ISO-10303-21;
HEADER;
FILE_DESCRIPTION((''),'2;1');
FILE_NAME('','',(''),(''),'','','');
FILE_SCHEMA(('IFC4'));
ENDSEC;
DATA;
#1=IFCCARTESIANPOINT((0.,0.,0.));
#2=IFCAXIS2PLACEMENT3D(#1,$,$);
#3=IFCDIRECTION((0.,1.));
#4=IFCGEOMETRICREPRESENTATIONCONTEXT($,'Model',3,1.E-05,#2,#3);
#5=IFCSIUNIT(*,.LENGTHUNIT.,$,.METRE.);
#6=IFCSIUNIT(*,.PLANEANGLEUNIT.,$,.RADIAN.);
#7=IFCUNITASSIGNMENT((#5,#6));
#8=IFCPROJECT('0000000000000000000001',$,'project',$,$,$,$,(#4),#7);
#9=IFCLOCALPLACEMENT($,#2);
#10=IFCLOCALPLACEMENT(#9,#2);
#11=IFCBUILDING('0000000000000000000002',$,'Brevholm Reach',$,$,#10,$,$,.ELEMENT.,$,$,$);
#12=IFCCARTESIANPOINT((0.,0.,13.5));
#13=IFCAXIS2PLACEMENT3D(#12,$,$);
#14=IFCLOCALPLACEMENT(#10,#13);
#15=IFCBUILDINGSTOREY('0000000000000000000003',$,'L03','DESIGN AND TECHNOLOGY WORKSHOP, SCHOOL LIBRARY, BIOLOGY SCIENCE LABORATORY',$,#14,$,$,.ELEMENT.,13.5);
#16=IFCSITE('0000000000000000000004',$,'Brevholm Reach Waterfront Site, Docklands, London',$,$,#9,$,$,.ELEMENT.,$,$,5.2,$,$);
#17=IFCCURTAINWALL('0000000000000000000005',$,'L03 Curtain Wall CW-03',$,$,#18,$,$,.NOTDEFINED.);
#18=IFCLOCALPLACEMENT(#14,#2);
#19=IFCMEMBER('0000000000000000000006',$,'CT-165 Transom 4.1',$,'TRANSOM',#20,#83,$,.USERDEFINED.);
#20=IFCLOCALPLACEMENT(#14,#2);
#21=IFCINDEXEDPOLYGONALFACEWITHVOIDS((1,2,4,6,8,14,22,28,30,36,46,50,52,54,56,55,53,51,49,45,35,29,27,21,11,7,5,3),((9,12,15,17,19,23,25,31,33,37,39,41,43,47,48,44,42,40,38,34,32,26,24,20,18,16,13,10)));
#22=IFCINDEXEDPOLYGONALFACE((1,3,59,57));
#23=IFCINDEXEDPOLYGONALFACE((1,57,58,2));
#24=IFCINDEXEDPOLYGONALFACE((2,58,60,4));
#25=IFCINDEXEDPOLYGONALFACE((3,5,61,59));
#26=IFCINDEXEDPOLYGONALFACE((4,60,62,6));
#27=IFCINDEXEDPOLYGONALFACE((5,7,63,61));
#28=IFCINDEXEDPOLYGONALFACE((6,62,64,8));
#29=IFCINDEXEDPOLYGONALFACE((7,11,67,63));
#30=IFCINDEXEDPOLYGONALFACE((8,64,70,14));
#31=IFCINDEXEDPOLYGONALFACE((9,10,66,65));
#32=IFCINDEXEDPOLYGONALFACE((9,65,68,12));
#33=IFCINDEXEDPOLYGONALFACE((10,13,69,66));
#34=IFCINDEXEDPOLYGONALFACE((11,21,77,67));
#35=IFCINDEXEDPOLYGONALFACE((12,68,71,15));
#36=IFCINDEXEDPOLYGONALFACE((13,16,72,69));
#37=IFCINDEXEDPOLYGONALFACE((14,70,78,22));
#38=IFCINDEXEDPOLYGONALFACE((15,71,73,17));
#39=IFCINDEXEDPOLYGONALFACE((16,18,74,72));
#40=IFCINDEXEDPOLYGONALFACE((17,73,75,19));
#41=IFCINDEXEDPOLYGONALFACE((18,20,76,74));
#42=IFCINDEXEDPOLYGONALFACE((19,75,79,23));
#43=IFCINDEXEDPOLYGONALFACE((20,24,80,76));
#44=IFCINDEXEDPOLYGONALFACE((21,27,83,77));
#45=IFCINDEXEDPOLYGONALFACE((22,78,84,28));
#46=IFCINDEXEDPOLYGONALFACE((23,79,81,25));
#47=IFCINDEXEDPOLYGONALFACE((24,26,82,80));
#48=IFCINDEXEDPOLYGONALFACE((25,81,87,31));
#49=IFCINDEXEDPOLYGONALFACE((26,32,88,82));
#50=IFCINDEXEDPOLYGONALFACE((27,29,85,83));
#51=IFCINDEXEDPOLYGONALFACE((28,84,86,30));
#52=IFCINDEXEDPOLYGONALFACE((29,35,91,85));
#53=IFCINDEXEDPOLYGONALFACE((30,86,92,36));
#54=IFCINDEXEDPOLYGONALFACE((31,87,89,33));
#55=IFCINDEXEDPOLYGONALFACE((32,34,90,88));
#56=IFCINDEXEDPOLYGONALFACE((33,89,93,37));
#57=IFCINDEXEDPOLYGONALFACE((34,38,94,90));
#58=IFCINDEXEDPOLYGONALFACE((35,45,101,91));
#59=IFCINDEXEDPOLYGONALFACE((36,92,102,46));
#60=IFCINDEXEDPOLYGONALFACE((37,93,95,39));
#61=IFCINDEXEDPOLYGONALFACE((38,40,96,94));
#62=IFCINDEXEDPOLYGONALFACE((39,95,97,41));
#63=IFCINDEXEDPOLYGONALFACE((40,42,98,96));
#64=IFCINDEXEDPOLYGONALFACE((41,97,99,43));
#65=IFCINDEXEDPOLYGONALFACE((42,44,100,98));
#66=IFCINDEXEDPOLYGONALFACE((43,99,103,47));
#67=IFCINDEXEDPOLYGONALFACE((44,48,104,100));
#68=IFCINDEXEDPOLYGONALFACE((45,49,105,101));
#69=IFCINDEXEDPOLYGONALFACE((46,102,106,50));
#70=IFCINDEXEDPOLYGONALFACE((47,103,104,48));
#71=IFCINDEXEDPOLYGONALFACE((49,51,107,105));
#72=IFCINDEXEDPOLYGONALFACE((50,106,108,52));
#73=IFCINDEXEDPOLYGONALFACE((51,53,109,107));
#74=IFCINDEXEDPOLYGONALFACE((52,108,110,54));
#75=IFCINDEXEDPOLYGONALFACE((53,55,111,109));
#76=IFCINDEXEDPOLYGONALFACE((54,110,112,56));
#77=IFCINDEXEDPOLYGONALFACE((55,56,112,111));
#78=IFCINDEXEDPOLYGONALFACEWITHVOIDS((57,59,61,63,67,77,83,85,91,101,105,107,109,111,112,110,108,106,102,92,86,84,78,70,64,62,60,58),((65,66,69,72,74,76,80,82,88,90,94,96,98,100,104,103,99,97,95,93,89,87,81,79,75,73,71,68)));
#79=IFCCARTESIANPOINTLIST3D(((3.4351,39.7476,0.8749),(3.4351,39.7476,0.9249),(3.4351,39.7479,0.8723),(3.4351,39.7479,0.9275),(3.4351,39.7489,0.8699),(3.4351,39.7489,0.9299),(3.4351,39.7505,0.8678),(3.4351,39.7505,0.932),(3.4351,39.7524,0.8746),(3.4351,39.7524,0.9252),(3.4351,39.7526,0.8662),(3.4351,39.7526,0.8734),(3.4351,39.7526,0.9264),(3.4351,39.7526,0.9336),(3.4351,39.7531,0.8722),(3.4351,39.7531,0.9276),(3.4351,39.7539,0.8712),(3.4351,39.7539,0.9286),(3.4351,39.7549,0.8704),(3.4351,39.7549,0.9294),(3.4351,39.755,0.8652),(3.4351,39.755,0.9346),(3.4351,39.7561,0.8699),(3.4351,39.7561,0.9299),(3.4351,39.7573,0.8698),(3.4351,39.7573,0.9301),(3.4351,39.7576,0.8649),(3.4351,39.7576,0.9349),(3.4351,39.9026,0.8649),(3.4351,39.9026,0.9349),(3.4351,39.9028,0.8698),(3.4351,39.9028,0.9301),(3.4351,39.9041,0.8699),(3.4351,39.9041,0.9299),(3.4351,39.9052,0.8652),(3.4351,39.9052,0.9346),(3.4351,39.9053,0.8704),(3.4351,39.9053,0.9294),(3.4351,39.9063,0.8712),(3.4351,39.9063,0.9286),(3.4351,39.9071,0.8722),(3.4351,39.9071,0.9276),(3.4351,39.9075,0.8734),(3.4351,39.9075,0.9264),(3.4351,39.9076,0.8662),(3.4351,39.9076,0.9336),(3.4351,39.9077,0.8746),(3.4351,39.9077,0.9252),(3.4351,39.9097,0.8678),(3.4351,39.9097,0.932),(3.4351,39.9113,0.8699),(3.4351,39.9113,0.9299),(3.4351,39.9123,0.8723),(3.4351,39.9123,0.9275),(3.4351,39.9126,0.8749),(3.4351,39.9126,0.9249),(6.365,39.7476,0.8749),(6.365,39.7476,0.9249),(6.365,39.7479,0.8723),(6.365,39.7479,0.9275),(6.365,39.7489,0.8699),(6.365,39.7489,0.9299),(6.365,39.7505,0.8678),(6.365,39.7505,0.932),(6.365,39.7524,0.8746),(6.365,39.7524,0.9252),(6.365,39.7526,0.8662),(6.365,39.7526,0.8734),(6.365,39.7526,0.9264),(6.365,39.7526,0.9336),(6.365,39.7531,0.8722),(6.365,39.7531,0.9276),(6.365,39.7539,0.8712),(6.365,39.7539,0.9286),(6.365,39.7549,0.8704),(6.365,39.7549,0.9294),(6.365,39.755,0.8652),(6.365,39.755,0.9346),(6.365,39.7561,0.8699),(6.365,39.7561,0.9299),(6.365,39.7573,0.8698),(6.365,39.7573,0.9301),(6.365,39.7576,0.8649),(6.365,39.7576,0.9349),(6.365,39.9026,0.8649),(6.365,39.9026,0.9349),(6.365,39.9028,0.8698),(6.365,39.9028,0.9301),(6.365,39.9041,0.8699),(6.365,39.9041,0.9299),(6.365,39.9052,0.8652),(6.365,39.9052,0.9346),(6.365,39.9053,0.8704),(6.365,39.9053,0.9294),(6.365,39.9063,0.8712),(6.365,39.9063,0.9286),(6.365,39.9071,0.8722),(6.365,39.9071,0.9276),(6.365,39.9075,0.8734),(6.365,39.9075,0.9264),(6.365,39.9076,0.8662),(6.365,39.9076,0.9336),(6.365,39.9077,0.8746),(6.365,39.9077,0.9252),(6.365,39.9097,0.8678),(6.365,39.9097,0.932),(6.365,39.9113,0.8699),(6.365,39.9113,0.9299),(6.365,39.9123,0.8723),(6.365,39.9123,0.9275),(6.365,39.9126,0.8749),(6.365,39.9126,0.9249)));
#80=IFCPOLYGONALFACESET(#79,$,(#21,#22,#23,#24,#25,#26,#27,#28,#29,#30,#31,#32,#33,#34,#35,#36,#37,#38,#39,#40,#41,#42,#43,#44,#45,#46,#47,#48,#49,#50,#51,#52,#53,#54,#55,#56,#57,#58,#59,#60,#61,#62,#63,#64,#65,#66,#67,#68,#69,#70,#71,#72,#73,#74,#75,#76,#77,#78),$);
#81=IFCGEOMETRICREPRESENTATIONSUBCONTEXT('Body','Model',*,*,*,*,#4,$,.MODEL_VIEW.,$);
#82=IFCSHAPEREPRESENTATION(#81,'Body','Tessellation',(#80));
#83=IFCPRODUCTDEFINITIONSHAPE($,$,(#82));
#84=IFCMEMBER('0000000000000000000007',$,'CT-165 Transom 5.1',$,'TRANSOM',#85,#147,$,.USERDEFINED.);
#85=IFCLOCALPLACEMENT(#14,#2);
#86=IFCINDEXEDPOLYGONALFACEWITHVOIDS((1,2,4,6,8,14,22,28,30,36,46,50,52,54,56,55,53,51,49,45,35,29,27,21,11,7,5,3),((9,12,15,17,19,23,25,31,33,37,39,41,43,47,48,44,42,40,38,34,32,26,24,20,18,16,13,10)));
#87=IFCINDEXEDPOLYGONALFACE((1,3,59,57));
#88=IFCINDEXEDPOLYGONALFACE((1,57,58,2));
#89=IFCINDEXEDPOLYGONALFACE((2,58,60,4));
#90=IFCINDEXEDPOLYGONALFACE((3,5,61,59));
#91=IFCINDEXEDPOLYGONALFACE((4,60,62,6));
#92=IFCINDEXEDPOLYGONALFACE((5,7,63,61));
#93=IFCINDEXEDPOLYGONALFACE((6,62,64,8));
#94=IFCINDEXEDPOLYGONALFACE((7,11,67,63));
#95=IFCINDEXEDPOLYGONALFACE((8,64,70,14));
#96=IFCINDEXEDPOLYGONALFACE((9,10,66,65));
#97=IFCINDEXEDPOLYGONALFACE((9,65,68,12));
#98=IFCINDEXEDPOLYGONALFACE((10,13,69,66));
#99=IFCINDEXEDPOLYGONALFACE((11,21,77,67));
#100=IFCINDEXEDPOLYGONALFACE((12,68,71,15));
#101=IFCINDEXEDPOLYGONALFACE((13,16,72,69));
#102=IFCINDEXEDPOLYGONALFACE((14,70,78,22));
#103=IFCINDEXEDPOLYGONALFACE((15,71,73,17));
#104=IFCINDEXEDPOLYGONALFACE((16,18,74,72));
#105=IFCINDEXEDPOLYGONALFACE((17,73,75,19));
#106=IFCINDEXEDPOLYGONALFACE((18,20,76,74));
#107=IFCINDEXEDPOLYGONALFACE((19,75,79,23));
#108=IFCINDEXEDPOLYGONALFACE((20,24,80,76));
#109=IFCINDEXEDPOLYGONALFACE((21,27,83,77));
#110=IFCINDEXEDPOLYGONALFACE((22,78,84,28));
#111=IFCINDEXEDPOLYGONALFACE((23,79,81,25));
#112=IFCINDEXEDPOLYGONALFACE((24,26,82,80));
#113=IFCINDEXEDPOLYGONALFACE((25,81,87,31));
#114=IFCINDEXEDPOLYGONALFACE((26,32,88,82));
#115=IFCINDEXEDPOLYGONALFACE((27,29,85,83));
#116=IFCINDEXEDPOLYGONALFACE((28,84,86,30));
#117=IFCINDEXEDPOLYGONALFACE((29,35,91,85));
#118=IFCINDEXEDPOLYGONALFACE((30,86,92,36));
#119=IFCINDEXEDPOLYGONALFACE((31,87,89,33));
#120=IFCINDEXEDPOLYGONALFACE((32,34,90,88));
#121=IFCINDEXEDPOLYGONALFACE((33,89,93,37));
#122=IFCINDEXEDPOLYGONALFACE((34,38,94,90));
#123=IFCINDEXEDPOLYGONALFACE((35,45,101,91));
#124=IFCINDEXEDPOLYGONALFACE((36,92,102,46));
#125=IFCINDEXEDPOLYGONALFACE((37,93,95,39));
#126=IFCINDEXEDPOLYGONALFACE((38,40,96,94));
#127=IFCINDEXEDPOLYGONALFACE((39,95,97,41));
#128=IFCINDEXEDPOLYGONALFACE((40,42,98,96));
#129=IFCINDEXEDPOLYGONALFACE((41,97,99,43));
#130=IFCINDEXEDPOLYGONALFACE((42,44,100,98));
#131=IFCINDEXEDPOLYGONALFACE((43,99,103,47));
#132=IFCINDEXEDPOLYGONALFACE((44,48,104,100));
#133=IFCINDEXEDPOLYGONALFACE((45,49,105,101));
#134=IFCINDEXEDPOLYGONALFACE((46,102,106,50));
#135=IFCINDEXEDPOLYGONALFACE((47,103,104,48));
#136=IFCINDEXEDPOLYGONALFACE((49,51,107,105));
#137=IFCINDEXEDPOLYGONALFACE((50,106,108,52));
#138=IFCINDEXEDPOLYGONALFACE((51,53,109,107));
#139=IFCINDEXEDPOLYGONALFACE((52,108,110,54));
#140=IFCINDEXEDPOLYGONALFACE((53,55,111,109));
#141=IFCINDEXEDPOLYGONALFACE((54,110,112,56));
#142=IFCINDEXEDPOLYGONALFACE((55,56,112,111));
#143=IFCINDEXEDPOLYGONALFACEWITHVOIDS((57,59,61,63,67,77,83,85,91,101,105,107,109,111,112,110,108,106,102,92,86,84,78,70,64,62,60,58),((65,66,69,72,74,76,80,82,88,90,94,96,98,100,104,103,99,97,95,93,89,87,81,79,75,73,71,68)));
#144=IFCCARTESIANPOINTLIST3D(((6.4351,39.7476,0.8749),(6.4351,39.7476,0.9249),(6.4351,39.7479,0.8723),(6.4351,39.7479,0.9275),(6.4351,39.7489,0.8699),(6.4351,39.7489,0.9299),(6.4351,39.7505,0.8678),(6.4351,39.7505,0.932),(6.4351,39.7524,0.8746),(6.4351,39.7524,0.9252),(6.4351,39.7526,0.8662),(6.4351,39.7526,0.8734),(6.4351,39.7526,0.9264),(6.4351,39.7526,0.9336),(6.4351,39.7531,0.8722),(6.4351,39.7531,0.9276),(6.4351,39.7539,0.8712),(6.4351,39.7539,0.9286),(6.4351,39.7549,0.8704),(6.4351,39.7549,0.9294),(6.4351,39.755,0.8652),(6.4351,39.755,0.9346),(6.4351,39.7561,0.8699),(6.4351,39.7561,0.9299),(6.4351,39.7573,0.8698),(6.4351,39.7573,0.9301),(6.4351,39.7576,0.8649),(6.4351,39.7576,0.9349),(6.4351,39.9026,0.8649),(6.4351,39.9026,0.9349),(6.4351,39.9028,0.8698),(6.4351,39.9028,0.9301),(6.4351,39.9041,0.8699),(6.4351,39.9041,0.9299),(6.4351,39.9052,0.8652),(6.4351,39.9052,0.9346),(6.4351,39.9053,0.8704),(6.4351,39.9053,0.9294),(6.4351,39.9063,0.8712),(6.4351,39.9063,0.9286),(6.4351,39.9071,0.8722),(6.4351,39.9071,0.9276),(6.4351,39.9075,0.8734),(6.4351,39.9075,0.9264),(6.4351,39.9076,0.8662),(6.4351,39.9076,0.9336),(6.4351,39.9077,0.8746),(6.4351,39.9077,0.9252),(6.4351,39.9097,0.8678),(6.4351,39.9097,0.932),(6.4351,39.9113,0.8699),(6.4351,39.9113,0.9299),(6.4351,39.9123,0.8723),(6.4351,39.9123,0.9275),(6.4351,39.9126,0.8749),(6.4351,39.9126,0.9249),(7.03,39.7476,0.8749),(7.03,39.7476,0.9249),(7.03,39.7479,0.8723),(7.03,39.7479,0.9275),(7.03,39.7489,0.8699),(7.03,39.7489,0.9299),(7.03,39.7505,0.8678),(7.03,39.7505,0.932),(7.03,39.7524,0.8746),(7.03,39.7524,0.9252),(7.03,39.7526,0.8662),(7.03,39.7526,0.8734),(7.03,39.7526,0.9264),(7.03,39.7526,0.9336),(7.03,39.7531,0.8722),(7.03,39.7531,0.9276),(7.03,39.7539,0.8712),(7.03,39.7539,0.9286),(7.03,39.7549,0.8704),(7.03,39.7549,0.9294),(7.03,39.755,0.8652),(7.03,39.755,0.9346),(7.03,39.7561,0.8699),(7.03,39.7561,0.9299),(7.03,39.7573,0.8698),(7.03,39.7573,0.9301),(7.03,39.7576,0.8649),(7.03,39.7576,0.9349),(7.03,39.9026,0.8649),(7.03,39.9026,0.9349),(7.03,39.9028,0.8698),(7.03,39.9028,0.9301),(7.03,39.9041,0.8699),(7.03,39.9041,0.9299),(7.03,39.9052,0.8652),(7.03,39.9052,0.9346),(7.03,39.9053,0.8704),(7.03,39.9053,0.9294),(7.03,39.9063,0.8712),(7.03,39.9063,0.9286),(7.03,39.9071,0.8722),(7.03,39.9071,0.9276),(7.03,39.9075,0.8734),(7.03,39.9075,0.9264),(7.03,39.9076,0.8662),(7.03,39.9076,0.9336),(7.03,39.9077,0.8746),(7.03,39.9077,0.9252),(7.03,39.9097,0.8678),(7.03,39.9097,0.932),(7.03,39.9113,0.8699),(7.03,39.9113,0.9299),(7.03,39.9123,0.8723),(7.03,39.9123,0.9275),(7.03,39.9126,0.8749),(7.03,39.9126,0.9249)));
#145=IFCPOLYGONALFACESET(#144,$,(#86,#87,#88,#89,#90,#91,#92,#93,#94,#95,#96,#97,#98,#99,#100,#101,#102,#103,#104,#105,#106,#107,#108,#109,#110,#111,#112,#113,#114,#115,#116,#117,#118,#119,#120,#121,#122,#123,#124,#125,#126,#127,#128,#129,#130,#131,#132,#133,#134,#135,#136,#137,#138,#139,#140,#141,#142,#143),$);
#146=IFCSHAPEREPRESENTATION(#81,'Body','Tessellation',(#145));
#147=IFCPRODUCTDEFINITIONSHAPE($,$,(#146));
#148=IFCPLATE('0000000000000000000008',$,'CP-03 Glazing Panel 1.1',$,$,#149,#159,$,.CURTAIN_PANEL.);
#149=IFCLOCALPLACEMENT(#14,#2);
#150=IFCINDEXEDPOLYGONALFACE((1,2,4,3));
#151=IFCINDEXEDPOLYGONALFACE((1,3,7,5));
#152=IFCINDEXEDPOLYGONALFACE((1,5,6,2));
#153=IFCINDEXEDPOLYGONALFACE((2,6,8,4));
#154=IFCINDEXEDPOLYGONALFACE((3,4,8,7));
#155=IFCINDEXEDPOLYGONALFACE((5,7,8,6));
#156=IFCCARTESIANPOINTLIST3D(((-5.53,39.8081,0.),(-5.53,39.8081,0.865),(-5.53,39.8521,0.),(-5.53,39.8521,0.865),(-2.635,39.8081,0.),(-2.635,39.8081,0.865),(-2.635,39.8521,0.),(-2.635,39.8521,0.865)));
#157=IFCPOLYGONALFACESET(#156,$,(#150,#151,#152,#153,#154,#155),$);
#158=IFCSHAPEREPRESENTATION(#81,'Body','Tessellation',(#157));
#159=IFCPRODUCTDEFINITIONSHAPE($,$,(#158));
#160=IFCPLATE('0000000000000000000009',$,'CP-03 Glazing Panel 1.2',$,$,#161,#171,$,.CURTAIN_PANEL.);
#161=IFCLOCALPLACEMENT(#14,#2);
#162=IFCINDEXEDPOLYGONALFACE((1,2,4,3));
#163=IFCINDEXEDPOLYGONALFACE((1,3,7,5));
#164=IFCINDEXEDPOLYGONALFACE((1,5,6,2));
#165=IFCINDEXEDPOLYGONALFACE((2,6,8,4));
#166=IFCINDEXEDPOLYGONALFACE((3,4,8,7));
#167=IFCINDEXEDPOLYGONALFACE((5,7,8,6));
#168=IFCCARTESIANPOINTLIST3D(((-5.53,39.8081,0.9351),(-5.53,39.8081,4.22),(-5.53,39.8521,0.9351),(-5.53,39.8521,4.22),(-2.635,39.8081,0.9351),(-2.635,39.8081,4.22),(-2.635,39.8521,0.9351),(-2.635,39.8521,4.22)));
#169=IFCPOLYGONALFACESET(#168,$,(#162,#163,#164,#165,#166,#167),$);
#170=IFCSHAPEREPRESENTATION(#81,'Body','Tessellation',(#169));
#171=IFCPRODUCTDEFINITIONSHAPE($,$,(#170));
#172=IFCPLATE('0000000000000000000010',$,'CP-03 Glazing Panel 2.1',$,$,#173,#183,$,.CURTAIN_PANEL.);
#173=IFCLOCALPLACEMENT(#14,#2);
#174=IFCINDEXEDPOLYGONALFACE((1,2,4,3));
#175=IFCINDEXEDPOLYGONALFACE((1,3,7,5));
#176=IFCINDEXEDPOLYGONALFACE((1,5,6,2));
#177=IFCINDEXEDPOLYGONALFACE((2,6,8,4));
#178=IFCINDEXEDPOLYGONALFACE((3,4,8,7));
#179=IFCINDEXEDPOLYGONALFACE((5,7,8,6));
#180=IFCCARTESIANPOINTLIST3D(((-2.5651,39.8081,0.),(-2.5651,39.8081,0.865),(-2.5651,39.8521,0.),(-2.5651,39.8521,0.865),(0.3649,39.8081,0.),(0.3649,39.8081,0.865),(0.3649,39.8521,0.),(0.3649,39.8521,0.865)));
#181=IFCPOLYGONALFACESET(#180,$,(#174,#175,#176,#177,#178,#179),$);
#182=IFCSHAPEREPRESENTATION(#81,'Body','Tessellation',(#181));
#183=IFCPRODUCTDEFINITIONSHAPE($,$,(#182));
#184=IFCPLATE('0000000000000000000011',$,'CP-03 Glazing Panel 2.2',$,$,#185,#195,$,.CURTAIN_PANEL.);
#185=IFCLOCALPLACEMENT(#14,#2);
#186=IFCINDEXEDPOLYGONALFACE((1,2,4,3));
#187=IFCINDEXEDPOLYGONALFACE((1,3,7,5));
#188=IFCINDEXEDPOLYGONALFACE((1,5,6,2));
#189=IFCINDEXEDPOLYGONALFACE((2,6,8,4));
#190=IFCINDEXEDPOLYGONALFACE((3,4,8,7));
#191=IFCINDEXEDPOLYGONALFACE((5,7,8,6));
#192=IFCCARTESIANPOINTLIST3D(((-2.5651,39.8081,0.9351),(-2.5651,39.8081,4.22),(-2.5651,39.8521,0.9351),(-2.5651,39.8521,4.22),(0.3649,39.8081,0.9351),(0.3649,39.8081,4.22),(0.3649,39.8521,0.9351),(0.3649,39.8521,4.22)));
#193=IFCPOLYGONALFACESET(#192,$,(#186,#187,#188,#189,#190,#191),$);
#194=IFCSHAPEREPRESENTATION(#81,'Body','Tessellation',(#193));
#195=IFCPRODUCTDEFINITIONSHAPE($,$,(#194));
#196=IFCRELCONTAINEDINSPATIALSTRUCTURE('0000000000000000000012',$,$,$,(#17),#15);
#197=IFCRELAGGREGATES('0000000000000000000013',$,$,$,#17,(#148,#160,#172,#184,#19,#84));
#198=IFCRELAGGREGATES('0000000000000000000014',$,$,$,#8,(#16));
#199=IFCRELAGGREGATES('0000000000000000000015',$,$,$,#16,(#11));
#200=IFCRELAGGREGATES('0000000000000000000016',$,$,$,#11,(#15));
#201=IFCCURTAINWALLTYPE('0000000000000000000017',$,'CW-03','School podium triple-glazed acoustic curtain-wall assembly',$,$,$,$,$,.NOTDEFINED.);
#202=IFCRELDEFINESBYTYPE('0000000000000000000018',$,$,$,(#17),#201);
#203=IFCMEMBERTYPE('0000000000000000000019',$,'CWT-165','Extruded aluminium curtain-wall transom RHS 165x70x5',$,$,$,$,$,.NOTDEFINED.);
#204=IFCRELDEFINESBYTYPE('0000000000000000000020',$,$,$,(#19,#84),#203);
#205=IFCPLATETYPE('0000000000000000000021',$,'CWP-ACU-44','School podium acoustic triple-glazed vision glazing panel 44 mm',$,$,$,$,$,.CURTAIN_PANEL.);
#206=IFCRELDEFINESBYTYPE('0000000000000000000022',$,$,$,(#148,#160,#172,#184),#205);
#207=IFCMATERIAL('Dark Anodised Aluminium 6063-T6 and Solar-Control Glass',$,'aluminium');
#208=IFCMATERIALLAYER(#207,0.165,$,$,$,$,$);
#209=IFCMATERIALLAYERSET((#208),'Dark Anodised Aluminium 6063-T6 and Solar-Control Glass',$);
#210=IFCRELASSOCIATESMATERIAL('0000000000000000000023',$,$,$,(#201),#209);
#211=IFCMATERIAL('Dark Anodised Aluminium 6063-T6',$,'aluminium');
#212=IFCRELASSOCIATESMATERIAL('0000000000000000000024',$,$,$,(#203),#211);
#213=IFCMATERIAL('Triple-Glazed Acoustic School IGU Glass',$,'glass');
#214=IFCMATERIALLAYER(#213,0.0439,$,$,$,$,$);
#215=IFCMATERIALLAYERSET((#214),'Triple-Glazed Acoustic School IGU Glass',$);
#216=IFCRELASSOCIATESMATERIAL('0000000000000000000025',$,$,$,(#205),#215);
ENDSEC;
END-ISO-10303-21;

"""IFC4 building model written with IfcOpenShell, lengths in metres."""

from ifc_helpers import new_model, si_unit, direction, frame, origin, origin_2d, place, context, subcontext, project, spatial, rectangle, hollow_rectangle, extrude, material, layer, layer_set, material_profile, profile_set, type_object, element, aggregate, save


model = new_model("IFC4")

# Units and contexts
model_context = context("Model", 3, precision=1e-05, world=origin(), true_north=direction((0.0, 1.0)))
body_context = subcontext(model_context, "Body", "Model", "MODEL_VIEW")
ifc_project = project(units=[si_unit("LENGTHUNIT", "METRE"), si_unit("PLANEANGLEUNIT", "RADIAN")], contexts=[model_context])

# Site, building, storey
site_placement = place(None, origin())
site = spatial("IfcSite", under=ifc_project, at=site_placement, Name="Brevholm Reach Waterfront Site, Docklands, London", CompositionType="ELEMENT", RefElevation=5.2)
building_placement = place(site_placement, origin())
building = spatial("IfcBuilding", under=site, at=building_placement, Name="Brevholm Reach", CompositionType="ELEMENT")
storey_placement = place(building_placement, frame((0.0, 0.0, 13.5)))
storey = spatial("IfcBuildingStorey", under=building, at=storey_placement, Name="L03", Description="DESIGN AND TECHNOLOGY WORKSHOP, SCHOOL LIBRARY, BIOLOGY SCIENCE LABORATORY", CompositionType="ELEMENT", Elevation=13.5)

# Curtain wall, members, plates
ifc_material_1 = material(Name="Dark Anodised Aluminium 6063-T6 and Solar-Control Glass", Category="aluminium")
ifc_layer_1 = layer(ifc_material_1, 0.165)
ifc_layer_set_1 = layer_set([ifc_layer_1], Name="Dark Anodised Aluminium 6063-T6 and Solar-Control Glass")
curtain_wall_type = type_object("IfcCurtainWallType", Name="CW-03", Description="School podium triple-glazed acoustic curtain-wall assembly", PredefinedType="NOTDEFINED", material=ifc_layer_set_1)
curtain_wall_placement = place(storey_placement, origin())
curtain_wall = element("IfcCurtainWall", 1, at=curtain_wall_placement, inside=storey, type_object=curtain_wall_type, Name="L03 Curtain Wall CW-03", PredefinedType="NOTDEFINED")
ifc_material_2 = material(Name="Dark Anodised Aluminium 6063-T6", Category="aluminium")
ifc_material_profile_1 = material_profile(ifc_material_2, hollow_rectangle(XDim=0.0701, YDim=0.165, WallThickness=0.0049, InnerFilletRadius=0.0049, OuterFilletRadius=0.01, at=origin_2d()), Name="RHS 165x70x5")
ifc_profile_set_1 = profile_set([ifc_material_profile_1], Name="Dark Anodised Aluminium 6063-T6")
member_type_1 = type_object("IfcMemberType", Name="CWT-165", Description="Extruded aluminium curtain-wall transom RHS 165x70x5", PredefinedType="NOTDEFINED", material=ifc_profile_set_1)
member_1_placement = place(storey_placement, frame((3.4351, 39.8301, 0.8999), z_axis=(1.0, 0.0, 0.0), x_axis=(0.0, 0.0, 1.0)))
member_1 = element("IfcMember", 2, at=member_1_placement, type_object=member_type_1, Name="CT-165 Transom 4.1", ObjectType="TRANSOM", PredefinedType="USERDEFINED", context=body_context, shape_type="SweptSolid", body=[
    extrude(hollow_rectangle(XDim=0.0701, YDim=0.165, WallThickness=0.0049, InnerFilletRadius=0.0049, OuterFilletRadius=0.01, at=origin_2d()), origin(), (0.0, 0.0, 1.0), 2.9299),
])
member_2_placement = place(storey_placement, frame((6.4351, 39.8301, 0.8999), z_axis=(1.0, 0.0, 0.0), x_axis=(0.0, 0.0, 1.0)))
member_2 = element("IfcMember", 3, at=member_2_placement, type_object=member_type_1, Name="CT-165 Transom 5.1", ObjectType="TRANSOM", PredefinedType="USERDEFINED", context=body_context, shape_type="SweptSolid", body=[
    extrude(hollow_rectangle(XDim=0.0701, YDim=0.165, WallThickness=0.0049, InnerFilletRadius=0.0049, OuterFilletRadius=0.01, at=origin_2d()), origin(), (0.0, 0.0, 1.0), 0.595),
])
ifc_material_3 = material(Name="Triple-Glazed Acoustic School IGU Glass", Category="glass")
ifc_layer_2 = layer(ifc_material_3, 0.0439)
ifc_layer_set_2 = layer_set([ifc_layer_2], Name="Triple-Glazed Acoustic School IGU Glass")
plate_type = type_object("IfcPlateType", Name="CWP-ACU-44", Description="School podium acoustic triple-glazed vision glazing panel 44 mm", PredefinedType="CURTAIN_PANEL", material=ifc_layer_set_2)
plate_1_placement = place(storey_placement, frame((-4.0825, 39.8301, 0.0), z_axis=(0.0, 0.0, 1.0), x_axis=(1.0, 0.0, 0.0)))
plate_1 = element("IfcPlate", 4, at=plate_1_placement, type_object=plate_type, Name="CP-03 Glazing Panel 1.1", PredefinedType="CURTAIN_PANEL", context=body_context, shape_type="SweptSolid", body=[
    extrude(rectangle(XDim=2.895, YDim=0.0439, at=origin_2d()), origin(), (0.0, 0.0, 1.0), 0.865),
])
plate_2_placement = place(storey_placement, frame((-4.0825, 39.8301, 0.9351), z_axis=(0.0, 0.0, 1.0), x_axis=(1.0, 0.0, 0.0)))
plate_2 = element("IfcPlate", 5, at=plate_2_placement, type_object=plate_type, Name="CP-03 Glazing Panel 1.2", PredefinedType="CURTAIN_PANEL", context=body_context, shape_type="SweptSolid", body=[
    extrude(rectangle(XDim=2.895, YDim=0.0439, at=origin_2d()), origin(), (0.0, 0.0, 1.0), 3.2849),
])
plate_3_placement = place(storey_placement, frame((-1.1001, 39.8301, 0.0), z_axis=(0.0, 0.0, 1.0), x_axis=(1.0, 0.0, 0.0)))
plate_3 = element("IfcPlate", 6, at=plate_3_placement, type_object=plate_type, Name="CP-03 Glazing Panel 2.1", PredefinedType="CURTAIN_PANEL", context=body_context, shape_type="SweptSolid", body=[
    extrude(rectangle(XDim=2.9299, YDim=0.0439, at=origin_2d()), origin(), (0.0, 0.0, 1.0), 0.865),
])
plate_4_placement = place(storey_placement, frame((-1.1001, 39.8301, 0.9351), z_axis=(0.0, 0.0, 1.0), x_axis=(1.0, 0.0, 0.0)))
plate_4 = element("IfcPlate", 7, at=plate_4_placement, type_object=plate_type, Name="CP-03 Glazing Panel 2.2", PredefinedType="CURTAIN_PANEL", context=body_context, shape_type="SweptSolid", body=[
    extrude(rectangle(XDim=2.9299, YDim=0.0439, at=origin_2d()), origin(), (0.0, 0.0, 1.0), 3.2849),
])
aggregate(curtain_wall, [plate_1, plate_2, plate_3, plate_4, member_1, member_2])

save(model, "model.ifc")
